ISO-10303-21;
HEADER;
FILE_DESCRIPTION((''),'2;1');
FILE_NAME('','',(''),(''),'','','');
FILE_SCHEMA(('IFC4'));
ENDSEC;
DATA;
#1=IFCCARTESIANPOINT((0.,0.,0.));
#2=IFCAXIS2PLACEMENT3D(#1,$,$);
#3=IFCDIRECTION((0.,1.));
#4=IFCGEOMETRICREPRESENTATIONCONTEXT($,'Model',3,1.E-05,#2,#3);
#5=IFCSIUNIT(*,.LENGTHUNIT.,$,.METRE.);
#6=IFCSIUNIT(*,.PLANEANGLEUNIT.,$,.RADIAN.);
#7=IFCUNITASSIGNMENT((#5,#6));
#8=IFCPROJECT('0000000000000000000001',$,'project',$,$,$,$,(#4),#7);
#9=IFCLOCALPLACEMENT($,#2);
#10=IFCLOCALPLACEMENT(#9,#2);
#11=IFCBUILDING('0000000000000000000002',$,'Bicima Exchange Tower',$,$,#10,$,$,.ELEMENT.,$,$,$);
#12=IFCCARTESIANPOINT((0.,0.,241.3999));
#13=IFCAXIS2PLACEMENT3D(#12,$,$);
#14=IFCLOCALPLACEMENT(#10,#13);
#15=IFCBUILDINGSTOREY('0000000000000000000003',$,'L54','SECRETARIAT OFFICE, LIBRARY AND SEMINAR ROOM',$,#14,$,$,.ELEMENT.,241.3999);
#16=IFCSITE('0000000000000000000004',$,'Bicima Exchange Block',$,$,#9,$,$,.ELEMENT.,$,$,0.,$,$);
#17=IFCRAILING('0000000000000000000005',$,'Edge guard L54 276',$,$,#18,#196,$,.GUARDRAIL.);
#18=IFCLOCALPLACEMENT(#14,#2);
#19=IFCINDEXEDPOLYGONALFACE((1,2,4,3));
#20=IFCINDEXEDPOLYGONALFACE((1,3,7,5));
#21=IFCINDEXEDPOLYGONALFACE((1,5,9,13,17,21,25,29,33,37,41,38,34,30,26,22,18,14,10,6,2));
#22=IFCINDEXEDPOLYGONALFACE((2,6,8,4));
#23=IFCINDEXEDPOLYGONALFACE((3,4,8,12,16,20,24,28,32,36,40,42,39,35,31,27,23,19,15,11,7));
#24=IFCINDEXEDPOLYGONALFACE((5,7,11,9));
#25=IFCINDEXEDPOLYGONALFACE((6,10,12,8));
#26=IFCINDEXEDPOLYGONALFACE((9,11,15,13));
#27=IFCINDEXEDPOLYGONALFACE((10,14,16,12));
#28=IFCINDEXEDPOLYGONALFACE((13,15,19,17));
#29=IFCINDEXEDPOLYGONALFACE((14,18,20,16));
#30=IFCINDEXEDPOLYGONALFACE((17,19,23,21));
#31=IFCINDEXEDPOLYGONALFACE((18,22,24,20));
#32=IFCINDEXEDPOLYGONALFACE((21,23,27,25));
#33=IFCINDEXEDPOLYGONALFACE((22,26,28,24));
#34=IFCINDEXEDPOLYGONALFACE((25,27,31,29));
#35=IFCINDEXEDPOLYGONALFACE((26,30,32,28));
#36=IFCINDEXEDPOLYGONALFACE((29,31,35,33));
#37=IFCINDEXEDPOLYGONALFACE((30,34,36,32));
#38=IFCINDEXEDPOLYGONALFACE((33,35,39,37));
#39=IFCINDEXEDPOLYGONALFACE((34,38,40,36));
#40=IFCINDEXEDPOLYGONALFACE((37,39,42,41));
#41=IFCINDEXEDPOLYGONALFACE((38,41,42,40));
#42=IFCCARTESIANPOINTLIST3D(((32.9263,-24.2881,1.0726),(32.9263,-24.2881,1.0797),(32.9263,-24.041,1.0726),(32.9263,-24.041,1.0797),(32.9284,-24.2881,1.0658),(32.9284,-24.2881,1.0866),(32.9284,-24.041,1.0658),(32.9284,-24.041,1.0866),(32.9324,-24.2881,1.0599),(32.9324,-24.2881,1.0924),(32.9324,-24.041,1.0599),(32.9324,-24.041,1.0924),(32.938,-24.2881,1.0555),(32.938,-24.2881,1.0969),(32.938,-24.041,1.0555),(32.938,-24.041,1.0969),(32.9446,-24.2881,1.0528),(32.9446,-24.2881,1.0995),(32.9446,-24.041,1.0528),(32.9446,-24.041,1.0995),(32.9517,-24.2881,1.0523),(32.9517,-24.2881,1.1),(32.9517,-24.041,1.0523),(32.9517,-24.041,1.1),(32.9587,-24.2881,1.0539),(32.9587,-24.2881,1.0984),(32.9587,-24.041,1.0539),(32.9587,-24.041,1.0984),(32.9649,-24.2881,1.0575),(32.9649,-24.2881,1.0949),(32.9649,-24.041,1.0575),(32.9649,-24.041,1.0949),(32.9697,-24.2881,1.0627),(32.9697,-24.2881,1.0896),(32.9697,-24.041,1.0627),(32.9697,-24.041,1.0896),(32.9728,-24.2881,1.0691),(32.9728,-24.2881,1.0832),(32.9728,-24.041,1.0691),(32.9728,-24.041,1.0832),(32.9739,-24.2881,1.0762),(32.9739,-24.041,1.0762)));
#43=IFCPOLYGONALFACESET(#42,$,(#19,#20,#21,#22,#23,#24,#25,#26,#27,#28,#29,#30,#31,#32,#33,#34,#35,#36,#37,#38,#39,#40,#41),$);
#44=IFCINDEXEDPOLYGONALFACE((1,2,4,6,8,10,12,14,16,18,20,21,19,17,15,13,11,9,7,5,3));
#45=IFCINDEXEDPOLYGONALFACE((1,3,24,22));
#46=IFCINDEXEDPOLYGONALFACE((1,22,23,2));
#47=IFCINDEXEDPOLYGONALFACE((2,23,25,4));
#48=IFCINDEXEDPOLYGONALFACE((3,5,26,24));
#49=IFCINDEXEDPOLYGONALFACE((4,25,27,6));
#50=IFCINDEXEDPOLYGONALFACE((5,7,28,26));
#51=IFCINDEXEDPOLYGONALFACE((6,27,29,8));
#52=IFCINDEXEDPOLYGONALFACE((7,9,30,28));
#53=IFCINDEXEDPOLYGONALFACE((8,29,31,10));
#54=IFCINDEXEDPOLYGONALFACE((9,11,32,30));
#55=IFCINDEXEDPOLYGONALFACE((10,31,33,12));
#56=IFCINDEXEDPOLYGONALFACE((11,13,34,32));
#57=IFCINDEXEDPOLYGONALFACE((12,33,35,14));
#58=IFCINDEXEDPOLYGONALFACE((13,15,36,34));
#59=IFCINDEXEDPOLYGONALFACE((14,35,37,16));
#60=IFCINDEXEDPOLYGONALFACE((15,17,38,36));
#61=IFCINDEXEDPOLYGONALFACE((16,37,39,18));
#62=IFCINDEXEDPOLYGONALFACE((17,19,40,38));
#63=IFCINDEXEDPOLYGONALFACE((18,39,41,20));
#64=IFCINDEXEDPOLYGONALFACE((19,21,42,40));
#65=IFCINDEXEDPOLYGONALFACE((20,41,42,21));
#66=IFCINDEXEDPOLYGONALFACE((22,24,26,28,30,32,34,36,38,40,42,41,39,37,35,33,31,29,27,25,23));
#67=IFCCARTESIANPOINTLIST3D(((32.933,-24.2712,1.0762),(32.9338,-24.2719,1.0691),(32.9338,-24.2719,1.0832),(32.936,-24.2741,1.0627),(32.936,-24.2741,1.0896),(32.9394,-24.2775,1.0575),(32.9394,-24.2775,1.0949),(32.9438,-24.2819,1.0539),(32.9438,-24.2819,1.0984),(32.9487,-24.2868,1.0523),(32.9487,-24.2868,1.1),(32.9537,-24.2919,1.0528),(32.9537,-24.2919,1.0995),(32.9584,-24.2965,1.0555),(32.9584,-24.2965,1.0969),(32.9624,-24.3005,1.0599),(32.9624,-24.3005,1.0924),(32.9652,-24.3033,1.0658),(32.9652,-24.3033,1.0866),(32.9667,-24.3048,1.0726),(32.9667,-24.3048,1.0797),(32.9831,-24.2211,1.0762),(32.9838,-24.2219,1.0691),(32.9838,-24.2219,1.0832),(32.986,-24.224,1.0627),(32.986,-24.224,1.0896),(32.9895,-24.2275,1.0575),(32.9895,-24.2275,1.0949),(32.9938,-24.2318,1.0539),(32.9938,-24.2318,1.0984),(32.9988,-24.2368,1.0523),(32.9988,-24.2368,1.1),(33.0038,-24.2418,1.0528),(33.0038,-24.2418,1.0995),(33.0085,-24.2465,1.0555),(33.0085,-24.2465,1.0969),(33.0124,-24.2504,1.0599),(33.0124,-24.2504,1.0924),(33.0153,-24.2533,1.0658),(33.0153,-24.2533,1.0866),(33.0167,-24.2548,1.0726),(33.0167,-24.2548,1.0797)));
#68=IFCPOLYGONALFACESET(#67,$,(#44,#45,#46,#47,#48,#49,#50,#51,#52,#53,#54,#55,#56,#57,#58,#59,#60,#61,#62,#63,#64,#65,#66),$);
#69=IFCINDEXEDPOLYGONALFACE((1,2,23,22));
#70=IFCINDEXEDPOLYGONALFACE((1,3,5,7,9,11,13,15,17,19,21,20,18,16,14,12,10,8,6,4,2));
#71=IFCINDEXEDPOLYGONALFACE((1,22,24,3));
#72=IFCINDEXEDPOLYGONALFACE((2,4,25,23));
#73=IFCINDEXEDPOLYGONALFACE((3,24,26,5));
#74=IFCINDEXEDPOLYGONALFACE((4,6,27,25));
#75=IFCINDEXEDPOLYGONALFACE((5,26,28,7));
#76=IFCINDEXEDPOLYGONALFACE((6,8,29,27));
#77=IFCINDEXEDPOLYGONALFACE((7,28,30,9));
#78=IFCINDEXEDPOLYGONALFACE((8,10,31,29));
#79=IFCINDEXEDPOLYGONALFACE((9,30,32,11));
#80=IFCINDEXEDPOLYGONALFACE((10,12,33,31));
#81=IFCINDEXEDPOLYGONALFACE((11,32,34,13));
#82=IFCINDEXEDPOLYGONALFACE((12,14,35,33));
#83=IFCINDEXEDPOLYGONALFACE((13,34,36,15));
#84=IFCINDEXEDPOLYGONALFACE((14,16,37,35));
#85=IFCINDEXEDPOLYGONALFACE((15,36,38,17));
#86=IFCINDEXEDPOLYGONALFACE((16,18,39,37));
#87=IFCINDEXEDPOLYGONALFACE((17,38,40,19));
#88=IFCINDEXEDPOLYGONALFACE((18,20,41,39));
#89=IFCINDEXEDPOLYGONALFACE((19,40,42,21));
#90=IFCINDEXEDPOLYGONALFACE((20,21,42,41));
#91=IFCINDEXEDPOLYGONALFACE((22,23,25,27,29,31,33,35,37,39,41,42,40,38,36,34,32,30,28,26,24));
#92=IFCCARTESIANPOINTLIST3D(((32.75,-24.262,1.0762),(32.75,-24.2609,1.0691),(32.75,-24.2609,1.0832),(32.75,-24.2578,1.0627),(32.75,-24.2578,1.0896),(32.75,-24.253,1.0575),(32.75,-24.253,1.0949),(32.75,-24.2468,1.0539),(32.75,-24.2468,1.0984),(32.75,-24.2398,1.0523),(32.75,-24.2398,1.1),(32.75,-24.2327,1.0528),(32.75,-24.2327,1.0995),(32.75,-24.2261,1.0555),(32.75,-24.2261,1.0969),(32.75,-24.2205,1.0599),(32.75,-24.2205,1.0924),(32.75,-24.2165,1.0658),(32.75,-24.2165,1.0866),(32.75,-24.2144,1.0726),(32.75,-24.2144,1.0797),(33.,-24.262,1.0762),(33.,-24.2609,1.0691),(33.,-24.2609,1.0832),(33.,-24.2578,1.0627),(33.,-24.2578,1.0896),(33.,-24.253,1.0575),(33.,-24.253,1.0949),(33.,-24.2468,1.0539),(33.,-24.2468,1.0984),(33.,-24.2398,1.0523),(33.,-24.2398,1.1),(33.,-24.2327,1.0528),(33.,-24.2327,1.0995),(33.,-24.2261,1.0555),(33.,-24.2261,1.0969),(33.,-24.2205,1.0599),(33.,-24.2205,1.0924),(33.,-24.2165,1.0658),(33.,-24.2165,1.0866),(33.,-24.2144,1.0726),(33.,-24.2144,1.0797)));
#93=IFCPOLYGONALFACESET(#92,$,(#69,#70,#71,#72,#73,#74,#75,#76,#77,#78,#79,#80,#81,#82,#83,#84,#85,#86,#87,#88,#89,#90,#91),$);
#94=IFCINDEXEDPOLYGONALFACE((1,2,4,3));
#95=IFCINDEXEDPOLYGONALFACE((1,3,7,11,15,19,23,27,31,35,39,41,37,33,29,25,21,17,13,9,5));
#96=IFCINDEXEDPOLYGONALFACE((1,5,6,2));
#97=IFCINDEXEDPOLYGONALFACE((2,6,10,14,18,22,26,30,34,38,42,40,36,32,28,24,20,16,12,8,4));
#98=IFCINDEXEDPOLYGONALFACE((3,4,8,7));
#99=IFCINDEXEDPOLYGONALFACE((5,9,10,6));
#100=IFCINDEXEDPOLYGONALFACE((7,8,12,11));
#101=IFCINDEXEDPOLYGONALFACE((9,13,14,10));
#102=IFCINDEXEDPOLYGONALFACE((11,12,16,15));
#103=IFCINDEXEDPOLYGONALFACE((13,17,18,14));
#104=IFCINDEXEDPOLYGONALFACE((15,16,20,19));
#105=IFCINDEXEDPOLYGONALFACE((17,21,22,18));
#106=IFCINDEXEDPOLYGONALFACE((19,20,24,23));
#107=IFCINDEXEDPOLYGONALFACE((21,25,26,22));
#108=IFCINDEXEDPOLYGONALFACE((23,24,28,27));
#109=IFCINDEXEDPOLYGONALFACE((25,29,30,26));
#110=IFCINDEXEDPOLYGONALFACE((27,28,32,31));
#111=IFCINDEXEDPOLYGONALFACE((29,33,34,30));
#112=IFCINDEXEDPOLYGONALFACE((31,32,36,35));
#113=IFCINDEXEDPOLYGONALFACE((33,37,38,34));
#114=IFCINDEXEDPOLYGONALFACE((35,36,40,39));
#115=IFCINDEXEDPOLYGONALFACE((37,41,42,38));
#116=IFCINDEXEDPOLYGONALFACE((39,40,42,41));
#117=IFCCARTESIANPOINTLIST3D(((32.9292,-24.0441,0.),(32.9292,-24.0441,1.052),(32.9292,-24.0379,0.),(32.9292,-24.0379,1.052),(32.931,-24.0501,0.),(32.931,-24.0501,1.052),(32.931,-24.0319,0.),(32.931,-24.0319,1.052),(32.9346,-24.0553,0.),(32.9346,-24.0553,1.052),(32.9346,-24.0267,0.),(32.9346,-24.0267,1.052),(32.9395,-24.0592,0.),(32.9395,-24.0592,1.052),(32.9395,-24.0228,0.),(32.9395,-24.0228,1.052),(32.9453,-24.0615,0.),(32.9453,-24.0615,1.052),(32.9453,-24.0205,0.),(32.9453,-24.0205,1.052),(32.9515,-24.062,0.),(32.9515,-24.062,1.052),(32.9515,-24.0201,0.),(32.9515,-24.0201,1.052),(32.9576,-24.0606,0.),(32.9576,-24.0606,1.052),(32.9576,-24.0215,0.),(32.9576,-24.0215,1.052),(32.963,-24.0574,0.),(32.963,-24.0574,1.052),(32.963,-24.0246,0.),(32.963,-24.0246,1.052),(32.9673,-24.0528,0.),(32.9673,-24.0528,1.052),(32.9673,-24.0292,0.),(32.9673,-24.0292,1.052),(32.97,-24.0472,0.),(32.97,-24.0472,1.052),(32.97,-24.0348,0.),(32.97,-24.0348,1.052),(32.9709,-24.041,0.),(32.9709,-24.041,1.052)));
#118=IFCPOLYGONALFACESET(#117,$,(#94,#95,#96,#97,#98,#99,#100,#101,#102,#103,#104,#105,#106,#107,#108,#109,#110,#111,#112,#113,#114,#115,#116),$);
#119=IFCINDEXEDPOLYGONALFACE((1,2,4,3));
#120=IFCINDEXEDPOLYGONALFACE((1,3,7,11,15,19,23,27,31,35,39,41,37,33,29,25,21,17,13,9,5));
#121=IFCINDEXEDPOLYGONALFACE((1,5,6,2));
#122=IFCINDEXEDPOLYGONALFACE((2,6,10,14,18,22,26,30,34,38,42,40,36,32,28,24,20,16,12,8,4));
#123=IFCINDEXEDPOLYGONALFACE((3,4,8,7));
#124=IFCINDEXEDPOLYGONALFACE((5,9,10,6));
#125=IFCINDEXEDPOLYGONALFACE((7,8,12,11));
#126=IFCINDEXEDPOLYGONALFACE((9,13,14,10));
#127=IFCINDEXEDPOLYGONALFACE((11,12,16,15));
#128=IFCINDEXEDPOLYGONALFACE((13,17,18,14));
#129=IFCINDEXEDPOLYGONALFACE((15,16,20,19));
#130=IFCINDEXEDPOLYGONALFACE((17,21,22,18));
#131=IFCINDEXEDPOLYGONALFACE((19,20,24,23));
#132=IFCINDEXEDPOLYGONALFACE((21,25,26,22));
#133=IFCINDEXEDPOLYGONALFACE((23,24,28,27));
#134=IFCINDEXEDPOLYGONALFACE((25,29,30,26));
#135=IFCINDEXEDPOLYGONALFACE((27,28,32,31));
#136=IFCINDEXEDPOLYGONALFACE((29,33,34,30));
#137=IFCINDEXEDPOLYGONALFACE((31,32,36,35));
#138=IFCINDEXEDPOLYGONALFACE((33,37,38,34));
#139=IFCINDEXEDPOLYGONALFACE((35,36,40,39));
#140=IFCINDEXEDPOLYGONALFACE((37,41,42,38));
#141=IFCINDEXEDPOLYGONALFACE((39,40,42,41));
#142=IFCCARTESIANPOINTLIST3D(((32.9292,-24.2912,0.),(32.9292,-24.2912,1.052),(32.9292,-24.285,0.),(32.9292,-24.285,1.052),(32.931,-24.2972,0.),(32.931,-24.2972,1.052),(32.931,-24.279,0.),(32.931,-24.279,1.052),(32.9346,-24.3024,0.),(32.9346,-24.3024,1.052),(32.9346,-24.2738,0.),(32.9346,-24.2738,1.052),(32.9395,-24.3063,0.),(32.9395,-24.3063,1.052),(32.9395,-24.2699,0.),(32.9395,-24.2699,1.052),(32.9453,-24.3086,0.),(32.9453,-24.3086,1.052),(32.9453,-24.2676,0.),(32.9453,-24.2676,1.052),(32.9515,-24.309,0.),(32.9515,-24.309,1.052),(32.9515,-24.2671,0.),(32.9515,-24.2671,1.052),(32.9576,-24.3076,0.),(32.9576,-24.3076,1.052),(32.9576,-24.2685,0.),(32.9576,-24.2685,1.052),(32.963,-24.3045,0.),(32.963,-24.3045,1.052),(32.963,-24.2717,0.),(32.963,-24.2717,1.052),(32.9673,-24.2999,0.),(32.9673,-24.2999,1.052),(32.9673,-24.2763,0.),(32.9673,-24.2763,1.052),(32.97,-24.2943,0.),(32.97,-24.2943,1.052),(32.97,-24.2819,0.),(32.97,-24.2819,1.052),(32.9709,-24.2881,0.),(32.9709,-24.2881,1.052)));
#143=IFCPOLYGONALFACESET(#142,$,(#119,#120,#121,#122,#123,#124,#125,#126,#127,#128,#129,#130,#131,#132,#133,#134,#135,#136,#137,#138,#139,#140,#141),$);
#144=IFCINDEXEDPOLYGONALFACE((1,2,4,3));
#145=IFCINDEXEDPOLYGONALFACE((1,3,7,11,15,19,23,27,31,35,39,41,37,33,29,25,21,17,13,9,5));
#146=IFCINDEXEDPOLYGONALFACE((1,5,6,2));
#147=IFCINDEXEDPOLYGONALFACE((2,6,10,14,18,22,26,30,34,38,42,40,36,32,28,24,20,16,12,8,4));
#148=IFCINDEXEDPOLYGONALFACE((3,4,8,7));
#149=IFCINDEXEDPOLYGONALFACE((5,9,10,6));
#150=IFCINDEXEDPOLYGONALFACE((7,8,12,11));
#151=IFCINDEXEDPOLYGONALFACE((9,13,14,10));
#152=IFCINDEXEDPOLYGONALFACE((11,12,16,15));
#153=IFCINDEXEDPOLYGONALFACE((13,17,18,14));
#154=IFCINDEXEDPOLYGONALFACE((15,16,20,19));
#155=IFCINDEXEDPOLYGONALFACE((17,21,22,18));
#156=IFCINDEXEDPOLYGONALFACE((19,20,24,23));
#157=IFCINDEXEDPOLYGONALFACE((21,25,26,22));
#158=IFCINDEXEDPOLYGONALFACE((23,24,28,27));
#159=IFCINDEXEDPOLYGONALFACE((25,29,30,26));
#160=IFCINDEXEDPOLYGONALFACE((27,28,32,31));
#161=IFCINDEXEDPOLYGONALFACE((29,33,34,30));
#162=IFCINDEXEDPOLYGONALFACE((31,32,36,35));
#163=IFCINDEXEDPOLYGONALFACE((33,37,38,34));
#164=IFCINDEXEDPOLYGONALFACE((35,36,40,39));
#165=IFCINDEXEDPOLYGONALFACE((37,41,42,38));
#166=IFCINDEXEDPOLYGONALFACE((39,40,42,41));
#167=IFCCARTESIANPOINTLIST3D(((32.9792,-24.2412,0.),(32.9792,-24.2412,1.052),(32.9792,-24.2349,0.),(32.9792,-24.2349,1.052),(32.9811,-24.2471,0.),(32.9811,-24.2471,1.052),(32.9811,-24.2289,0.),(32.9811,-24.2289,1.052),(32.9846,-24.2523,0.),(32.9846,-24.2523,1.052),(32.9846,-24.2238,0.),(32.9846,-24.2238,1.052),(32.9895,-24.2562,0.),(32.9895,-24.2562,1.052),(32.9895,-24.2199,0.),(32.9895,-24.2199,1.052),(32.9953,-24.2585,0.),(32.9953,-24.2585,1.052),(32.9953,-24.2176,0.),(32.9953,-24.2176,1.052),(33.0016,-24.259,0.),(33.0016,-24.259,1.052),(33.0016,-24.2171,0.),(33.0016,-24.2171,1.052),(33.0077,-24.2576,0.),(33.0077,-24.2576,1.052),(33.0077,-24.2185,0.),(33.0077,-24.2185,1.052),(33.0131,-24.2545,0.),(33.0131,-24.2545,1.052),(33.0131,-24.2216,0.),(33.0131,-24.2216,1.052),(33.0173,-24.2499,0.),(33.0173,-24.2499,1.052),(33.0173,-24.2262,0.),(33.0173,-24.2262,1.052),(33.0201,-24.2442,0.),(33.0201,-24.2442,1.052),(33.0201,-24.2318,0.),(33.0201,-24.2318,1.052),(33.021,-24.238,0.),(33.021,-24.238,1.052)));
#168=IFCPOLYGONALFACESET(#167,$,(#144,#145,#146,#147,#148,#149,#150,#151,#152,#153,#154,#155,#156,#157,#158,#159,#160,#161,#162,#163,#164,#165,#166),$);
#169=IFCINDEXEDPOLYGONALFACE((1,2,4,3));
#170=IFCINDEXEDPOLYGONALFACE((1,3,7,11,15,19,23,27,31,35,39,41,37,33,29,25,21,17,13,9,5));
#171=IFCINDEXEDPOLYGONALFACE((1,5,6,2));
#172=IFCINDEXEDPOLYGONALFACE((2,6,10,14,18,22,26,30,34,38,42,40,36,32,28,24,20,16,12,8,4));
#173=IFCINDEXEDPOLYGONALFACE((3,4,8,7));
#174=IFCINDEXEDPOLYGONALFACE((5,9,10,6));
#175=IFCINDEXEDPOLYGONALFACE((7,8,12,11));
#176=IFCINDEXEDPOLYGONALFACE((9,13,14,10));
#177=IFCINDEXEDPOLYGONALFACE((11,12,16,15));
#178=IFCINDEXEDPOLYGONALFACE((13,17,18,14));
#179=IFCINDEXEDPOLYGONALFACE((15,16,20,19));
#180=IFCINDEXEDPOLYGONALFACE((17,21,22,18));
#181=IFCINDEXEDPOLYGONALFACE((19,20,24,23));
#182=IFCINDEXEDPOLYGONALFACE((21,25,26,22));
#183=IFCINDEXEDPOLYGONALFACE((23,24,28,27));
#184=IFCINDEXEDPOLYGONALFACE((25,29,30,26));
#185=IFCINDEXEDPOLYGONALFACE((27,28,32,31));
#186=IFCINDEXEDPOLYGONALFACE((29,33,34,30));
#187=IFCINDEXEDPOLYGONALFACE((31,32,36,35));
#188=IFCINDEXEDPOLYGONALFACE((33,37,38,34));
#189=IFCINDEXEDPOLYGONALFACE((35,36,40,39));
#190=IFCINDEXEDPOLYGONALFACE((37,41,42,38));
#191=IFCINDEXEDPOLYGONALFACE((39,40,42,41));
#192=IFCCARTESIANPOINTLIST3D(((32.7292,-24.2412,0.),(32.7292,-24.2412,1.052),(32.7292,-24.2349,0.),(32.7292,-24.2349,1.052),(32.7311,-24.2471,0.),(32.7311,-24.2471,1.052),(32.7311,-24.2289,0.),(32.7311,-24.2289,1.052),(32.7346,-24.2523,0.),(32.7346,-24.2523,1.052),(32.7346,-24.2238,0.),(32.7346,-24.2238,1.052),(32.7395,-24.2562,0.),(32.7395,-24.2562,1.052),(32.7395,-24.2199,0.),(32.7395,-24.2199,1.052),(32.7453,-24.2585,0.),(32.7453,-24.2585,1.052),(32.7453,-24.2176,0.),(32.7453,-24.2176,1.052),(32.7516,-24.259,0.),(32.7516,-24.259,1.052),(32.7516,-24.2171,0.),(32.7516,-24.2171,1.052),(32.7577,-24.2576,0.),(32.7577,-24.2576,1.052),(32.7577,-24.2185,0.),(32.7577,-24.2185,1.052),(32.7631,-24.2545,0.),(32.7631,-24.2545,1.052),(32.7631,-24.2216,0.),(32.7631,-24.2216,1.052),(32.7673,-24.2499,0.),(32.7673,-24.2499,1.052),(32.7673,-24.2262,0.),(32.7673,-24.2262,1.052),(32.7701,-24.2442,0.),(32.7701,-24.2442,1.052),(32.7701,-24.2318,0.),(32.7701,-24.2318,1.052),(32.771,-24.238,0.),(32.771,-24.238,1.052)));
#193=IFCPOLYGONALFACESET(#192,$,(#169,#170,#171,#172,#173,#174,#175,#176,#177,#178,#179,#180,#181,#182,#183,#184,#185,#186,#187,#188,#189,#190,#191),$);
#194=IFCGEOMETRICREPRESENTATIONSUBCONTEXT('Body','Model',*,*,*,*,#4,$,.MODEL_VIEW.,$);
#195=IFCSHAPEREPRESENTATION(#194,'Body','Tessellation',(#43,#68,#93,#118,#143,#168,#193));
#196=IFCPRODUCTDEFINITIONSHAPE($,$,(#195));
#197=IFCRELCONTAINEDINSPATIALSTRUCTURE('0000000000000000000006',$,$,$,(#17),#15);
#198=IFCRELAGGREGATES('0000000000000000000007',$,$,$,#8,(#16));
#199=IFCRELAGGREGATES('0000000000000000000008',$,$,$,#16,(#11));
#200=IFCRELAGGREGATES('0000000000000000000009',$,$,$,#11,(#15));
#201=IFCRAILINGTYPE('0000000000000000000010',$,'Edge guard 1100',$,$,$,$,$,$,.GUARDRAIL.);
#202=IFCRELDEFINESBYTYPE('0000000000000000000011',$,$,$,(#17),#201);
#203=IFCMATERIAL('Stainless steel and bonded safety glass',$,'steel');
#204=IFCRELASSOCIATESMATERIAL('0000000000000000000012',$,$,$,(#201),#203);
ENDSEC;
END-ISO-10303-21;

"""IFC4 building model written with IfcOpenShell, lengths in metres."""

from ifc_helpers import new_model, si_unit, direction, frame, origin, origin_2d, place, context, subcontext, project, spatial, circle, extrude, material, type_object, element, save


model = new_model("IFC4")

# Units and contexts
model_context = context("Model", 3, precision=1e-05, world=origin(), true_north=direction((0.0, 1.0)))
body_context = subcontext(model_context, "Body", "Model", "MODEL_VIEW")
ifc_project = project(units=[si_unit("LENGTHUNIT", "METRE"), si_unit("PLANEANGLEUNIT", "RADIAN")], contexts=[model_context])

# Site, building, storey
site_placement = place(None, origin())
site = spatial("IfcSite", under=ifc_project, at=site_placement, Name="Bicima Exchange Block", CompositionType="ELEMENT", RefElevation=0.0)
building_placement = place(site_placement, origin())
building = spatial("IfcBuilding", under=site, at=building_placement, Name="Bicima Exchange Tower", CompositionType="ELEMENT")
storey_placement = place(building_placement, frame((0.0, 0.0, 241.3999)))
storey = spatial("IfcBuildingStorey", under=building, at=storey_placement, Name="L54", Description="SECRETARIAT OFFICE, LIBRARY AND SEMINAR ROOM", CompositionType="ELEMENT", Elevation=241.3999)

# Railing
ifc_material_1 = material(Name="Stainless steel and bonded safety glass", Category="steel")
railing_type_1 = type_object("IfcRailingType", Name="Edge guard 1100", PredefinedType="GUARDRAIL", material=ifc_material_1)
railing_1_placement = place(storey_placement, frame((32.95, -24.041, 0.0)))
element("IfcRailing", 1, at=railing_1_placement, inside=storey, type_object=railing_type_1, Name="Edge guard L54 276", PredefinedType="GUARDRAIL", context=body_context, shape_type="SweptSolid", body=[
    extrude(circle(Radius=0.0239, at=origin_2d()), frame((0.0, 0.0, 1.0762), z_axis=(0.0, -1.0, 0.0), x_axis=(1.0, 0.0, 0.0)), (0.0, 0.0, 1.0), 0.2471),
    extrude(circle(Radius=0.0239, at=origin_2d()), frame((0.0, -0.2471, 1.0762), z_axis=(0.707107, 0.707107, 0.0), x_axis=(-0.707107, 0.707107, 0.0)), (0.0, 0.0, 1.0), 0.0708),
    extrude(circle(Radius=0.0239, at=origin_2d()), frame((0.05, -0.197, 1.0762), z_axis=(-1.0, 0.0, 0.0), x_axis=(0.0, -1.0, 0.0)), (0.0, 0.0, 1.0), 0.25),
    extrude(circle(Radius=0.021, at=origin_2d()), origin(), (0.0, 0.0, 1.0), 1.052),
    extrude(circle(Radius=0.021, at=origin_2d()), frame((0.0, -0.2471, 0.0)), (0.0, 0.0, 1.0), 1.052),
    extrude(circle(Radius=0.021, at=origin_2d()), frame((0.05, -0.197, 0.0)), (0.0, 0.0, 1.0), 1.052),
    extrude(circle(Radius=0.021, at=origin_2d()), frame((-0.2, -0.197, 0.0)), (0.0, 0.0, 1.0), 1.052),
])

save(model, "model.ifc")
